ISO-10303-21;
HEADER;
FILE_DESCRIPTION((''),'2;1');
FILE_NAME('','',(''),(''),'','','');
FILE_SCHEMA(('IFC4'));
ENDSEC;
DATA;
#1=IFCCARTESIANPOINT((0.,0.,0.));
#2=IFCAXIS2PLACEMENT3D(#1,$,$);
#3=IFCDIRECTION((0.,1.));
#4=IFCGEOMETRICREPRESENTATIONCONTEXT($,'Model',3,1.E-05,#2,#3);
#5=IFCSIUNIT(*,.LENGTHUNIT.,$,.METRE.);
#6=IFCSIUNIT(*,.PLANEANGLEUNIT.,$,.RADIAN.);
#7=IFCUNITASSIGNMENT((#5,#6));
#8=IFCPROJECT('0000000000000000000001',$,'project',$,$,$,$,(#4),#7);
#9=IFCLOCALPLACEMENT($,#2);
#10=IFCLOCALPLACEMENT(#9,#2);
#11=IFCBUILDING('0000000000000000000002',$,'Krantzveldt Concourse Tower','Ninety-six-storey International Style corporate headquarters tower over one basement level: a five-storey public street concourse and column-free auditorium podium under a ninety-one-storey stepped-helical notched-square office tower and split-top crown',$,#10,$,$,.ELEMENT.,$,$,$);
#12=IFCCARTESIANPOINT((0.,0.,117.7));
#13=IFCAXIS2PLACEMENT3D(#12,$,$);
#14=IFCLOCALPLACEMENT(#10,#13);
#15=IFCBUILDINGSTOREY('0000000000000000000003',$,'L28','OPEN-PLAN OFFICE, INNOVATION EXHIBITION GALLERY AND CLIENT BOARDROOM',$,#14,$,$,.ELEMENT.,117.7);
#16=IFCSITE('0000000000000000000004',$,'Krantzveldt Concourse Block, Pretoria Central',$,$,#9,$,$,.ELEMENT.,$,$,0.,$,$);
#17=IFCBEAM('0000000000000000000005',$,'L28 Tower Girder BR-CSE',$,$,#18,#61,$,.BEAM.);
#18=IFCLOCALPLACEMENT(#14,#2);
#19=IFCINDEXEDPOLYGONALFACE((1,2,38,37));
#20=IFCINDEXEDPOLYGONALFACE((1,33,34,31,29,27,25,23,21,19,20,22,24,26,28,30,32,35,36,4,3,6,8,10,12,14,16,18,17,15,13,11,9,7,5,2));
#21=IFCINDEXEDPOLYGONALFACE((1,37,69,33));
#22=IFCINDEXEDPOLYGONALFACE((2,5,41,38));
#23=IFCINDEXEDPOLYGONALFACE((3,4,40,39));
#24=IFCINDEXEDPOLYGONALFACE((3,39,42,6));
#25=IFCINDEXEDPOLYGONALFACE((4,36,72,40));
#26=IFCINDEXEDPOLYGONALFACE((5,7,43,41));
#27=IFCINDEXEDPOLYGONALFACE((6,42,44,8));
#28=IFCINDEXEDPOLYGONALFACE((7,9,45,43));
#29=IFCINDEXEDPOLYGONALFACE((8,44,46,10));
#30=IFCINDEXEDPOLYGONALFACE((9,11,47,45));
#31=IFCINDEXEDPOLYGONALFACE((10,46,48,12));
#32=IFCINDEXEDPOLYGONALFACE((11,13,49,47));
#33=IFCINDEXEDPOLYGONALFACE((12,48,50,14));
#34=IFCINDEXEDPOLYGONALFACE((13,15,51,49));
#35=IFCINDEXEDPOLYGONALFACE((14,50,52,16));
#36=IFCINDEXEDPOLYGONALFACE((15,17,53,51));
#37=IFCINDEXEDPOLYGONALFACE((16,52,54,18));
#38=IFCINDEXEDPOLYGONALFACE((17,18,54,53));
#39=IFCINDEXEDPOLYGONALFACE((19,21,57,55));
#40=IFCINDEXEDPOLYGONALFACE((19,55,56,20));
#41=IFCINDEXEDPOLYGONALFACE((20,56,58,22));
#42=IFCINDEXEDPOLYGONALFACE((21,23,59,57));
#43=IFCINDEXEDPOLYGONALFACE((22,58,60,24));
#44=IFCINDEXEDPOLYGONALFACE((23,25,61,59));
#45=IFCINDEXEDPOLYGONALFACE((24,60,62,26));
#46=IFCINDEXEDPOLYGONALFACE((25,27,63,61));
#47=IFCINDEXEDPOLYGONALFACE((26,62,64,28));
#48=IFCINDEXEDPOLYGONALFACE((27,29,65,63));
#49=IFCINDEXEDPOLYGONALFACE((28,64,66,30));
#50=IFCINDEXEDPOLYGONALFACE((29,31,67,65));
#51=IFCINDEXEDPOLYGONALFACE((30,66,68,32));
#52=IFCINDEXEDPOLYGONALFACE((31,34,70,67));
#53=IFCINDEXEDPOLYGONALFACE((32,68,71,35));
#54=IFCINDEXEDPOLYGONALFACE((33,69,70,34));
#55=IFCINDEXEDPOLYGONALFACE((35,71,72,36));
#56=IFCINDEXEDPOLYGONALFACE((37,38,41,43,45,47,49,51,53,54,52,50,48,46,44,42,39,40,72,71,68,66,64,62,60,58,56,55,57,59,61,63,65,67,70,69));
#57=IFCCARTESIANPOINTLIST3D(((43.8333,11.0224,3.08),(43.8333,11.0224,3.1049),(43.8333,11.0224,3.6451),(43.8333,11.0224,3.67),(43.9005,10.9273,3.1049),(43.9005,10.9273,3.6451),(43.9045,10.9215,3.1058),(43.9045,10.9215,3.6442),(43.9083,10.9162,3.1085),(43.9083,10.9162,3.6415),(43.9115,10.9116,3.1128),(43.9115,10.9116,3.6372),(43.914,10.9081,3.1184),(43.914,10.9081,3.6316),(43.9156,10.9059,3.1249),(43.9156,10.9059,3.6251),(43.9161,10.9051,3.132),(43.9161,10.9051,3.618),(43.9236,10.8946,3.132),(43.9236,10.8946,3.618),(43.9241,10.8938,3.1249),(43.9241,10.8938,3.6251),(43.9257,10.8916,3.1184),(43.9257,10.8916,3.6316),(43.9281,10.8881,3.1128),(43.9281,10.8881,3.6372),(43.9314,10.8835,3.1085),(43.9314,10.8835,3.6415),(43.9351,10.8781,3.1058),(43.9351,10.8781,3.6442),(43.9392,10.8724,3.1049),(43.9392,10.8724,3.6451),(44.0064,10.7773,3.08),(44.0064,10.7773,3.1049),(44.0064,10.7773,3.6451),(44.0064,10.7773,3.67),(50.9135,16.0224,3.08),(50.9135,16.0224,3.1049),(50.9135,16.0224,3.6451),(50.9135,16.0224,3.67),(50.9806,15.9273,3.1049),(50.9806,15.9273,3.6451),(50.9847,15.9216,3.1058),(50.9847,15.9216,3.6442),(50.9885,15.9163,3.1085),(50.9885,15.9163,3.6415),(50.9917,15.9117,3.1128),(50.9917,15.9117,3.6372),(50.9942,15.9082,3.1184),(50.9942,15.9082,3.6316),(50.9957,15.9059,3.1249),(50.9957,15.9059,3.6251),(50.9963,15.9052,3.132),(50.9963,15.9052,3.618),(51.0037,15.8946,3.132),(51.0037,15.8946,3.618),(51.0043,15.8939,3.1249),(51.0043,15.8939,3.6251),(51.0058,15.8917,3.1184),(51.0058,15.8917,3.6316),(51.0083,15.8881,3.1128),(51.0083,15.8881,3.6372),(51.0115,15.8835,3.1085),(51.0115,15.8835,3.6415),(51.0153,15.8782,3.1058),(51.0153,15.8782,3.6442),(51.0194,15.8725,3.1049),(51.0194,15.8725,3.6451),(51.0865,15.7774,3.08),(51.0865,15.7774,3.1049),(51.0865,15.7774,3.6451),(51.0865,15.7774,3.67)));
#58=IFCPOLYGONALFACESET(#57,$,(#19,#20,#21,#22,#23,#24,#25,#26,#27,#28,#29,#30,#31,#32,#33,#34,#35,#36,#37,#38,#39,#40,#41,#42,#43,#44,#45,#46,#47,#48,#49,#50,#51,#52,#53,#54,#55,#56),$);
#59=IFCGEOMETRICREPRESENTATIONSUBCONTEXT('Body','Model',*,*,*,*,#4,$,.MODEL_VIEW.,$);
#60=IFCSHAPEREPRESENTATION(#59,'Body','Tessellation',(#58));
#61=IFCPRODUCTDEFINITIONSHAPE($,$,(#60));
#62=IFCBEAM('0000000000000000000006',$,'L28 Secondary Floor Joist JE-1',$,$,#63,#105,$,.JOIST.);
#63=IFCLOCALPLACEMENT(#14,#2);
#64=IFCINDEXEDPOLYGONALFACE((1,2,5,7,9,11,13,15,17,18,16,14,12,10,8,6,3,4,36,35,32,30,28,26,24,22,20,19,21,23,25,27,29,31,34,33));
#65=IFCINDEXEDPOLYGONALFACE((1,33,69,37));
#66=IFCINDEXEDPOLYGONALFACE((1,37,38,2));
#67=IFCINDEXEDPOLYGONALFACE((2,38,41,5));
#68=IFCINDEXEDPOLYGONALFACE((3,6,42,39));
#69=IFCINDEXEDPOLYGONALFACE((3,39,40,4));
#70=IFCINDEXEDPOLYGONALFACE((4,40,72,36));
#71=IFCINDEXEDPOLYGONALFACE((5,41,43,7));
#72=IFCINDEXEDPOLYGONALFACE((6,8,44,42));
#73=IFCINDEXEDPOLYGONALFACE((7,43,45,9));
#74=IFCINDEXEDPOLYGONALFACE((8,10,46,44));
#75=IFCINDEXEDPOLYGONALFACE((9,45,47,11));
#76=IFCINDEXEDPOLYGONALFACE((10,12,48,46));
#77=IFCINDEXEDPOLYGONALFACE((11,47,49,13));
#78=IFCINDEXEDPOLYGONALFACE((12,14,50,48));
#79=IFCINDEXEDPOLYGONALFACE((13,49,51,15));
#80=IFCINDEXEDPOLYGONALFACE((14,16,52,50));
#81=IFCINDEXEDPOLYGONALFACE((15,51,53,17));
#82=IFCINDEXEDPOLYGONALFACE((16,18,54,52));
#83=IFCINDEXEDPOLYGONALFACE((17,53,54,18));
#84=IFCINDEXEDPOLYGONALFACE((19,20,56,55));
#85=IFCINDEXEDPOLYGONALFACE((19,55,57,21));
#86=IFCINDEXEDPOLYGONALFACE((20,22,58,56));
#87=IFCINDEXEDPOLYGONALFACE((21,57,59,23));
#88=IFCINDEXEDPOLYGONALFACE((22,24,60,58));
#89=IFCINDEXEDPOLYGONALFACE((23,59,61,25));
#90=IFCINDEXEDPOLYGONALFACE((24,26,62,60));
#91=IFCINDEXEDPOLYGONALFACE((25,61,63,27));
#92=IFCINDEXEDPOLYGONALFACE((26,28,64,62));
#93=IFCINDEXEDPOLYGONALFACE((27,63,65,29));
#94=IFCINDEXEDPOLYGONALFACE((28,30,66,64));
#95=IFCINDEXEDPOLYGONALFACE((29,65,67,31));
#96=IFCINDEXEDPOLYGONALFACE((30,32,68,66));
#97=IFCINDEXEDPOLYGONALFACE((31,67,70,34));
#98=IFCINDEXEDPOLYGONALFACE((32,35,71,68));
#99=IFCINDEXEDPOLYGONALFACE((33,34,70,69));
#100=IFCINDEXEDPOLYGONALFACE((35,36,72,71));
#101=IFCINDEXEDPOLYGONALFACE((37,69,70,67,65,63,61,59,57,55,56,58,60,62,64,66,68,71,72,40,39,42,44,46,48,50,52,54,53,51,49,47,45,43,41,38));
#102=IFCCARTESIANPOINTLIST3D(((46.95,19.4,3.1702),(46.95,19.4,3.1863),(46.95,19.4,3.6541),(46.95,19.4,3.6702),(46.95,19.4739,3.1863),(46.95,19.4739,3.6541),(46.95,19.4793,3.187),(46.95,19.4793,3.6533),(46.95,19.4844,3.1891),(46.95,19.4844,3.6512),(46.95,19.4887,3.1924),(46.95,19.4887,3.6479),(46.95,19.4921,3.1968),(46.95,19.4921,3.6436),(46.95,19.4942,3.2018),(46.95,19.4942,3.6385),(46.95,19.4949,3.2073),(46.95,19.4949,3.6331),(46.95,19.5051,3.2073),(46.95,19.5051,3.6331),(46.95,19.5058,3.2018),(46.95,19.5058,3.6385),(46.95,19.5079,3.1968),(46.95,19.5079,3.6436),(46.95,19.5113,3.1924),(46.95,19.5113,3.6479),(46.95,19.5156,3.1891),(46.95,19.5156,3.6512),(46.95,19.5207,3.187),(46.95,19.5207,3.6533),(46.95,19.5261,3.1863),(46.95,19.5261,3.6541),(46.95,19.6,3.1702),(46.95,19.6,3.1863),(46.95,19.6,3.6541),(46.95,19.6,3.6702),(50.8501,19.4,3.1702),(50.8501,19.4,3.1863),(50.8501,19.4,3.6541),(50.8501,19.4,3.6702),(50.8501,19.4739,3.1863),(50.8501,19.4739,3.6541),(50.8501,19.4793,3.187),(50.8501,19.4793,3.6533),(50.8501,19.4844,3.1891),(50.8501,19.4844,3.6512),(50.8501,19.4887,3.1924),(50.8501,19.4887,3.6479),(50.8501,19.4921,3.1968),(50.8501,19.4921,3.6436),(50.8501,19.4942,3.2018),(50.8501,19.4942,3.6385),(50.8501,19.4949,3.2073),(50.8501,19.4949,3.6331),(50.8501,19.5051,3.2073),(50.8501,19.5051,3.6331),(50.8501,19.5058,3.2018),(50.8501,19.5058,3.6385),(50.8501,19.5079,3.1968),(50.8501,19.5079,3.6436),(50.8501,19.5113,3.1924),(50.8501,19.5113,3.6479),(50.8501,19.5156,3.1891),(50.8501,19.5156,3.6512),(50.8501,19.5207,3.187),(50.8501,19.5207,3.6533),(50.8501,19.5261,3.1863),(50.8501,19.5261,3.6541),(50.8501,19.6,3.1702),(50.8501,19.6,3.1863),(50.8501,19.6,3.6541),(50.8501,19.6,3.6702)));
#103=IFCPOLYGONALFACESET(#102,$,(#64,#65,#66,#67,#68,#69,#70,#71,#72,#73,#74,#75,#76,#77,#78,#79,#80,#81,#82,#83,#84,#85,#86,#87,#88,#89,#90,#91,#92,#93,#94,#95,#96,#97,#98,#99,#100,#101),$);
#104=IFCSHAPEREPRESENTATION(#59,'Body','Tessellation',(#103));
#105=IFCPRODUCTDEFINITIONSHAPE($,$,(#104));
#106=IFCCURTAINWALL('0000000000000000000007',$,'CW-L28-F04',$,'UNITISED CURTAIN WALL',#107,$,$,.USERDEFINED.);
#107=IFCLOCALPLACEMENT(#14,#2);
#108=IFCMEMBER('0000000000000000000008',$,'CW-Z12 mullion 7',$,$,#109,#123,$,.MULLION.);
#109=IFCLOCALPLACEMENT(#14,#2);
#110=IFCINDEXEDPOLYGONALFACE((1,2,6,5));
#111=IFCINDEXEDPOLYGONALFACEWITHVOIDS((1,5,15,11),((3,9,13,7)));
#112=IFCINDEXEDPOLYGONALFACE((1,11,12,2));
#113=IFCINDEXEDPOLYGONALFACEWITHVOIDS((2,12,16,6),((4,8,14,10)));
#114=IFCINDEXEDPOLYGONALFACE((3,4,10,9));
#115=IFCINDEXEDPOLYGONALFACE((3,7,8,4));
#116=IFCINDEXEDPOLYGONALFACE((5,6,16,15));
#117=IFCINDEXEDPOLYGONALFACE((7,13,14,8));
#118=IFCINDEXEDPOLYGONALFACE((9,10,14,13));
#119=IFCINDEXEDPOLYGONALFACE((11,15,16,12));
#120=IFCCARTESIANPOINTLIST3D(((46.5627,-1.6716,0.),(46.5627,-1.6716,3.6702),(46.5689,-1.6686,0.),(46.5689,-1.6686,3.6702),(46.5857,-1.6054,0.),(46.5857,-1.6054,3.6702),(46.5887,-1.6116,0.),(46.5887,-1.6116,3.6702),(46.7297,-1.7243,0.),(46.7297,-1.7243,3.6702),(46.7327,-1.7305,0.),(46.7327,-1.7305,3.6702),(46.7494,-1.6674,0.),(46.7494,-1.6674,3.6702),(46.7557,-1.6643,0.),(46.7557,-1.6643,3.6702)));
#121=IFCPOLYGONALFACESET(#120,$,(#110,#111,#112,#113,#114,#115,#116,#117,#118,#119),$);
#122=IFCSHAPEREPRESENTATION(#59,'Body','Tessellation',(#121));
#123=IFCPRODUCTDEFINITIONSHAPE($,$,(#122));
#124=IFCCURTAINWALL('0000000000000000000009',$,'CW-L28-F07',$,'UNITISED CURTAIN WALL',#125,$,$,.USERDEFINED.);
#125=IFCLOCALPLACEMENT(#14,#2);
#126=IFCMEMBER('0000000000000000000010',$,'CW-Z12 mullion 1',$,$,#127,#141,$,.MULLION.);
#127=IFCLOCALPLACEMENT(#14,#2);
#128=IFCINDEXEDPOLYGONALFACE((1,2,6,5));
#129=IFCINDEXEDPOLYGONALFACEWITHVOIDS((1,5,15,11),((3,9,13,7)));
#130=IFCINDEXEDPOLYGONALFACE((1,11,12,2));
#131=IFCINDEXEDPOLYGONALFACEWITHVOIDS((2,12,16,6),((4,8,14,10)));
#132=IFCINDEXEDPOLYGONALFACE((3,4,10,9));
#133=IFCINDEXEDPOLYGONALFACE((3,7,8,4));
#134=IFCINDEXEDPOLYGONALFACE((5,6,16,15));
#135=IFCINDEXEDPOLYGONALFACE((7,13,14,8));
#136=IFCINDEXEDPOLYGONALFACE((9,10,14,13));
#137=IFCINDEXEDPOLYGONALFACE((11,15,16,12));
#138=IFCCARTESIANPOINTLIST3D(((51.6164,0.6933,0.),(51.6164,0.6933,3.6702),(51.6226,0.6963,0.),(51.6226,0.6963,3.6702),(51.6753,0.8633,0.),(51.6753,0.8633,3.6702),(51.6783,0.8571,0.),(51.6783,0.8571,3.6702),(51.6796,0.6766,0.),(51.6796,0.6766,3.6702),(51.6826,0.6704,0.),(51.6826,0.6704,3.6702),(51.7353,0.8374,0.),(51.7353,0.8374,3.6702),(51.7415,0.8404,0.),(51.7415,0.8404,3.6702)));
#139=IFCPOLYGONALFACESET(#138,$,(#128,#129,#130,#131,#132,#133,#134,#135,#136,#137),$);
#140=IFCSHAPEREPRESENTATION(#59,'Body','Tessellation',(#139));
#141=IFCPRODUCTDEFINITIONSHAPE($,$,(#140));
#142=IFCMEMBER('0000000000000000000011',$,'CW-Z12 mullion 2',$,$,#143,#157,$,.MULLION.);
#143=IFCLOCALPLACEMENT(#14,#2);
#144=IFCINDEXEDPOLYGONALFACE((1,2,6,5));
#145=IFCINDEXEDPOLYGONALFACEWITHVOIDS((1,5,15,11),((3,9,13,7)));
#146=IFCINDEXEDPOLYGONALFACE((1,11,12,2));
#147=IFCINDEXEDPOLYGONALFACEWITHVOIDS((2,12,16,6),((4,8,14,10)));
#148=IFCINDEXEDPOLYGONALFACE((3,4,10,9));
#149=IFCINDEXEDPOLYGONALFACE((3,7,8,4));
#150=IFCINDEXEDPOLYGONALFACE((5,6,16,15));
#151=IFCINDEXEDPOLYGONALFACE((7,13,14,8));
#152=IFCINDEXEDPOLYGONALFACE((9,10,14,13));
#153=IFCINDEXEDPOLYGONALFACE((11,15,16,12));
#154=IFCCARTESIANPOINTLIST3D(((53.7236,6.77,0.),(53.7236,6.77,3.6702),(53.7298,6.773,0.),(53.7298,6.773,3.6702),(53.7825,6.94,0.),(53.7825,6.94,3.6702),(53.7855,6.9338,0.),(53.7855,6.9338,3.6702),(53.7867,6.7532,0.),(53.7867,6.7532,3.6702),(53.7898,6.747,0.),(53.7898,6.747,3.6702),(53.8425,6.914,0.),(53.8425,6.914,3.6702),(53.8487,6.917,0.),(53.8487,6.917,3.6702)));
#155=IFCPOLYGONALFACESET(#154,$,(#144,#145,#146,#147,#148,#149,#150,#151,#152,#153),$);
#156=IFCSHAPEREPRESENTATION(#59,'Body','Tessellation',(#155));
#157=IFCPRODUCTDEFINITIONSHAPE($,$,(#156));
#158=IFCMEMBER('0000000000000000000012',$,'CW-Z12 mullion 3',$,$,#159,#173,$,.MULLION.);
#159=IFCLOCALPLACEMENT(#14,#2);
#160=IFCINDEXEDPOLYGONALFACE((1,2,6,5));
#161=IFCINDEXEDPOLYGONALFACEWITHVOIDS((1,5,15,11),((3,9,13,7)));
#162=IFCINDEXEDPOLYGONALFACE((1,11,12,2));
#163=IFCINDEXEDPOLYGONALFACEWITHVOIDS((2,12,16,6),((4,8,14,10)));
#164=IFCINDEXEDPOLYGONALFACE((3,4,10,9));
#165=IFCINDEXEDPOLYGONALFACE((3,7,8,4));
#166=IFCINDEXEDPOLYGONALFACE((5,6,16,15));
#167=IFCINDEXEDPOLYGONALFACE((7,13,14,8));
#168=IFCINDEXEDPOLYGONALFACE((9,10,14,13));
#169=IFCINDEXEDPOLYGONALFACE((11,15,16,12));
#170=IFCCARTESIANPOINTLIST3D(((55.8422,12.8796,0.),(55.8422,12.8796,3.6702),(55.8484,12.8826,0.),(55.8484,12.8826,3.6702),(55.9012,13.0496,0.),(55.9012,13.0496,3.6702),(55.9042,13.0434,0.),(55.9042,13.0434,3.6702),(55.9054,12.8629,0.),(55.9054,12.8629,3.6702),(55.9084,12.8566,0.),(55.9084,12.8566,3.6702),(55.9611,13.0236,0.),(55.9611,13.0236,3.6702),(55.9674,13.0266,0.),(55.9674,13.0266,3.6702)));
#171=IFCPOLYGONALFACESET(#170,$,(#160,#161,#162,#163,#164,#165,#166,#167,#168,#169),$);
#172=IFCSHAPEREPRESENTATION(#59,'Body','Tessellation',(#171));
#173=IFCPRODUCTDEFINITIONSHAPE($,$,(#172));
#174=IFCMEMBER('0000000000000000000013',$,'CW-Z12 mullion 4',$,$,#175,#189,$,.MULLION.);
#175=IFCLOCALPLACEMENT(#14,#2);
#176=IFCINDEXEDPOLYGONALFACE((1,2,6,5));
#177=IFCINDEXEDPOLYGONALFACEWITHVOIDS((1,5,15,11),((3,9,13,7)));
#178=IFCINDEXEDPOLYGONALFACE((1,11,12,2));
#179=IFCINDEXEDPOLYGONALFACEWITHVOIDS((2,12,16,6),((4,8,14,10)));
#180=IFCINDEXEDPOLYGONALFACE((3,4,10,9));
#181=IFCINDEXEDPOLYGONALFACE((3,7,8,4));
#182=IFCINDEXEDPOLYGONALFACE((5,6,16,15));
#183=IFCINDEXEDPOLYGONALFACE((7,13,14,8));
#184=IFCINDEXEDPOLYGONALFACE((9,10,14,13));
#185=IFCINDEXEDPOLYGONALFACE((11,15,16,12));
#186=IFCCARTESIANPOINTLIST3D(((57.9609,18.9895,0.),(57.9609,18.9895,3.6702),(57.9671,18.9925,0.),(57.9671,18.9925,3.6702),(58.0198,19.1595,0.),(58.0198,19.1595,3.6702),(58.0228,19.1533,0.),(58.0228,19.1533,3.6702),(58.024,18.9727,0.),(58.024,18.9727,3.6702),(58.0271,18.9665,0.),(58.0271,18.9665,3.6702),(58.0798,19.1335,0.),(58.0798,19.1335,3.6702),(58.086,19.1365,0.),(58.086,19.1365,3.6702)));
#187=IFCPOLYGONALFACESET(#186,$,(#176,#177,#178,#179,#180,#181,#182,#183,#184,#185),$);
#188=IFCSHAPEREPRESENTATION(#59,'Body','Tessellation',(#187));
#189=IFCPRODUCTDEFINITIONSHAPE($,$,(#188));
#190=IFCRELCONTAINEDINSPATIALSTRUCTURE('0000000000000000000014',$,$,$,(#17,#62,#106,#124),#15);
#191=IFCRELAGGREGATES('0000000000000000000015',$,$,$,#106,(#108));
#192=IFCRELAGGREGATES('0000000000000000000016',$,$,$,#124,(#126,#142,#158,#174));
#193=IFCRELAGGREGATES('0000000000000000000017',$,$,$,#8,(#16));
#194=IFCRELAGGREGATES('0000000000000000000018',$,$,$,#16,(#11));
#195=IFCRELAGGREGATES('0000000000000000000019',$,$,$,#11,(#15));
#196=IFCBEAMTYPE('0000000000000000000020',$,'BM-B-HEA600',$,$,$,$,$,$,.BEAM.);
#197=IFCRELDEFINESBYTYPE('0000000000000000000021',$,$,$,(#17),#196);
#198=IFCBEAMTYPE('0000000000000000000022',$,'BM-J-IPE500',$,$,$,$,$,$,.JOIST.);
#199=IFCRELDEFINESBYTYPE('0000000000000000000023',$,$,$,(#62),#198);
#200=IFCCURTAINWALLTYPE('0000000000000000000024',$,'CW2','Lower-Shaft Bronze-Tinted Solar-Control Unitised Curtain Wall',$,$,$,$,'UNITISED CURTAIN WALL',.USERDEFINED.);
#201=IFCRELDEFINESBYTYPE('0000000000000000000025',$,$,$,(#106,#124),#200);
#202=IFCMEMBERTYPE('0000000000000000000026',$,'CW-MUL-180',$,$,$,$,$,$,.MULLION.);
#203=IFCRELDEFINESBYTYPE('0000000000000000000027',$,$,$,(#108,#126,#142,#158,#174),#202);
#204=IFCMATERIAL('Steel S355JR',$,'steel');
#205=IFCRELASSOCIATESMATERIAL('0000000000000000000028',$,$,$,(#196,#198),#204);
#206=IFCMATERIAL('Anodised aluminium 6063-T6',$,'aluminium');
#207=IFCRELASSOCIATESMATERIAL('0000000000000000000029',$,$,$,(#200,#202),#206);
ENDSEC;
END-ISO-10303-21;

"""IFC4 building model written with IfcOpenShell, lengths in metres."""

from ifc_helpers import new_model, si_unit, direction, frame, origin, origin_2d, place, context, subcontext, project, spatial, hollow_rectangle, i_section, extrude, source, transform, mapped, material, material_profile, profile_set, type_object, type_shapes, element, aggregate, save


model = new_model("IFC4")

# Units and contexts
model_context = context("Model", 3, precision=1e-05, world=origin(), true_north=direction((0.0, 1.0)))
body_context = subcontext(model_context, "Body", "Model", "MODEL_VIEW")
ifc_project = project(units=[si_unit("LENGTHUNIT", "METRE"), si_unit("PLANEANGLEUNIT", "RADIAN")], contexts=[model_context])

# Site, building, storey
site_placement = place(None, origin())
site = spatial("IfcSite", under=ifc_project, at=site_placement, Name="Krantzveldt Concourse Block, Pretoria Central", CompositionType="ELEMENT", RefElevation=0.0)
building_placement = place(site_placement, origin())
building = spatial("IfcBuilding", under=site, at=building_placement, Name="Krantzveldt Concourse Tower", Description="Ninety-six-storey International Style corporate headquarters tower over one basement level: a five-storey public street concourse and column-free auditorium podium under a ninety-one-storey stepped-helical notched-square office tower and split-top crown", CompositionType="ELEMENT")
storey_placement = place(building_placement, frame((0.0, 0.0, 117.7)))
storey = spatial("IfcBuildingStorey", under=building, at=storey_placement, Name="L28", Description="OPEN-PLAN OFFICE, INNOVATION EXHIBITION GALLERY AND CLIENT BOARDROOM", CompositionType="ELEMENT", Elevation=117.7)

# Beams
ifc_material_1 = material(Name="Steel S355JR", Category="steel")
ifc_material_profile_1 = material_profile(ifc_material_1, i_section(OverallWidth=0.3, OverallDepth=0.5901, WebThickness=0.0129, FlangeThickness=0.0249, FilletRadius=0.0271, at=origin_2d()), Name="Steel S355JR", Category="steel")
ifc_profile_set_1 = profile_set([ifc_material_profile_1], Name="Steel S355JR - HEA 600")
beam_type_1 = type_object("IfcBeamType", Name="BM-B-HEA600", PredefinedType="BEAM", material=ifc_profile_set_1)
shared_shape_1 = source(origin(), body_context, "Body", "SweptSolid", [
    extrude(i_section(OverallWidth=0.3, OverallDepth=0.5901, WebThickness=0.0129, FlangeThickness=0.0249, FilletRadius=0.0271, at=origin_2d()), origin(), (0.0, 0.0, 1.0), 8.6677),
])
beam_1_placement = place(storey_placement, frame((51.0, 15.8999, 3.375), z_axis=(-0.816843, -0.57686, 0.0), x_axis=(0.57686, -0.816843, 0.0)))
element("IfcBeam", 1, at=beam_1_placement, inside=storey, type_object=beam_type_1, Name="L28 Tower Girder BR-CSE", PredefinedType="BEAM", context=body_context, shape_type="MappedRepresentation", body=[
    mapped(shared_shape_1, transform((0.0, 0.0, 0.0), x_axis=(1.0, 0.0, 0.0), y_axis=(0.0, 1.0, 0.0), z_axis=(0.0, 0.0, 1.0), scale=1.0)),
])
ifc_material_profile_2 = material_profile(ifc_material_1, i_section(OverallWidth=0.2, OverallDepth=0.5, WebThickness=0.0103, FlangeThickness=0.0161, FilletRadius=0.021, at=origin_2d()), Name="Steel S355JR", Category="steel")
ifc_profile_set_2 = profile_set([ifc_material_profile_2], Name="Steel S355JR - IPE 500")
beam_type_2 = type_object("IfcBeamType", Name="BM-J-IPE500", PredefinedType="JOIST", material=ifc_profile_set_2)
shared_shape_2 = source(origin(), body_context, "Body", "SweptSolid", [
    extrude(i_section(OverallWidth=0.2, OverallDepth=0.5, WebThickness=0.0103, FlangeThickness=0.0161, FilletRadius=0.021, at=origin_2d()), origin(), (0.0, 0.0, 1.0), 3.9001),
])
type_shapes(beam_type_2, [shared_shape_2])
beam_2_placement = place(storey_placement, frame((46.95, 19.5, 3.4202), z_axis=(1.0, 0.0, 0.0), x_axis=(0.0, 1.0, 0.0)))
element("IfcBeam", 2, at=beam_2_placement, inside=storey, type_object=beam_type_2, Name="L28 Secondary Floor Joist JE-1", PredefinedType="JOIST", context=body_context, shape_type="MappedRepresentation", body=[
    mapped(shared_shape_2, transform((0.0, 0.0, 0.0), x_axis=(1.0, 0.0, 0.0), y_axis=(0.0, 1.0, 0.0), z_axis=(0.0, 0.0, 1.0), scale=1.0)),
])

# Curtain wall, member
ifc_material_2 = material(Name="Anodised aluminium 6063-T6", Category="aluminium")
curtain_wall_type = type_object("IfcCurtainWallType", Name="CW2", Description="Lower-Shaft Bronze-Tinted Solar-Control Unitised Curtain Wall", ElementType="UNITISED CURTAIN WALL", PredefinedType="USERDEFINED", material=ifc_material_2)
curtain_wall_1_placement = place(storey_placement, origin())
curtain_wall_1 = element("IfcCurtainWall", 3, at=curtain_wall_1_placement, inside=storey, type_object=curtain_wall_type, Name="CW-L28-F04", ObjectType="UNITISED CURTAIN WALL", PredefinedType="USERDEFINED")
ifc_material_profile_3 = material_profile(ifc_material_2, hollow_rectangle(XDim=0.0701, YDim=0.1799, WallThickness=0.0049, at=origin_2d()), Name="Anodised aluminium 6063-T6", Category="aluminium")
ifc_profile_set_3 = profile_set([ifc_material_profile_3], Name="Anodised aluminium 6063-T6 - ALU-MULL 180x70x5")
member_type_1 = type_object("IfcMemberType", Name="CW-MUL-180", PredefinedType="MULLION", material=ifc_profile_set_3)
shared_shape_3 = source(origin(), body_context, "Body", "SweptSolid", [
    extrude(hollow_rectangle(XDim=0.0701, YDim=0.1799, WallThickness=0.0049, at=origin_2d()), origin(), (0.0, 0.0, 1.0), 3.6702),
])
type_shapes(member_type_1, [shared_shape_3])
member_1_placement = place(storey_placement, frame((46.6592, -1.668, 0.0), z_axis=(0.0, 0.0, 1.0), x_axis=(0.32763, 0.944806, 0.0)))
member_1 = element("IfcMember", 4, at=member_1_placement, type_object=member_type_1, Name="CW-Z12 mullion 7", PredefinedType="MULLION", context=body_context, shape_type="MappedRepresentation", body=[
    mapped(shared_shape_3, transform((0.0, 0.0, 0.0), x_axis=(1.0, 0.0, 0.0), y_axis=(0.0, 1.0, 0.0), z_axis=(0.0, 0.0, 1.0), scale=1.0)),
])

# Curtain wall, members
curtain_wall_2_placement = place(storey_placement, origin())
curtain_wall_2 = element("IfcCurtainWall", 5, at=curtain_wall_2_placement, inside=storey, type_object=curtain_wall_type, Name="CW-L28-F07", ObjectType="UNITISED CURTAIN WALL", PredefinedType="USERDEFINED")
member_2_placement = place(storey_placement, frame((51.679, 0.7668, 0.0), z_axis=(0.0, 0.0, 1.0), x_axis=(-0.944806, 0.32763, 0.0)))
member_2 = element("IfcMember", 6, at=member_2_placement, type_object=member_type_1, Name="CW-Z12 mullion 1", PredefinedType="MULLION", context=body_context, shape_type="MappedRepresentation", body=[
    mapped(shared_shape_3, transform((0.0, 0.0, 0.0), x_axis=(1.0, 0.0, 0.0), y_axis=(0.0, 1.0, 0.0), z_axis=(0.0, 0.0, 1.0), scale=1.0)),
])
member_3_placement = place(storey_placement, frame((53.7861, 6.8435, 0.0), z_axis=(0.0, 0.0, 1.0), x_axis=(-0.944806, 0.32763, 0.0)))
member_3 = element("IfcMember", 7, at=member_3_placement, type_object=member_type_1, Name="CW-Z12 mullion 2", PredefinedType="MULLION", context=body_context, shape_type="MappedRepresentation", body=[
    mapped(shared_shape_3, transform((0.0, 0.0, 0.0), x_axis=(1.0, 0.0, 0.0), y_axis=(0.0, 1.0, 0.0), z_axis=(0.0, 0.0, 1.0), scale=1.0)),
])
member_4_placement = place(storey_placement, frame((55.9048, 12.9531, 0.0), z_axis=(0.0, 0.0, 1.0), x_axis=(-0.944806, 0.32763, 0.0)))
member_4 = element("IfcMember", 8, at=member_4_placement, type_object=member_type_1, Name="CW-Z12 mullion 3", PredefinedType="MULLION", context=body_context, shape_type="MappedRepresentation", body=[
    mapped(shared_shape_3, transform((0.0, 0.0, 0.0), x_axis=(1.0, 0.0, 0.0), y_axis=(0.0, 1.0, 0.0), z_axis=(0.0, 0.0, 1.0), scale=1.0)),
])
member_5_placement = place(storey_placement, frame((58.0234, 19.063, 0.0), z_axis=(0.0, 0.0, 1.0), x_axis=(-0.944806, 0.32763, 0.0)))
member_5 = element("IfcMember", 9, at=member_5_placement, type_object=member_type_1, Name="CW-Z12 mullion 4", PredefinedType="MULLION", context=body_context, shape_type="MappedRepresentation", body=[
    mapped(shared_shape_3, transform((0.0, 0.0, 0.0), x_axis=(1.0, 0.0, 0.0), y_axis=(0.0, 1.0, 0.0), z_axis=(0.0, 0.0, 1.0), scale=1.0)),
])

aggregate(curtain_wall_1, [member_1])
aggregate(curtain_wall_2, [member_2, member_3, member_4, member_5])

save(model, "model.ifc")
